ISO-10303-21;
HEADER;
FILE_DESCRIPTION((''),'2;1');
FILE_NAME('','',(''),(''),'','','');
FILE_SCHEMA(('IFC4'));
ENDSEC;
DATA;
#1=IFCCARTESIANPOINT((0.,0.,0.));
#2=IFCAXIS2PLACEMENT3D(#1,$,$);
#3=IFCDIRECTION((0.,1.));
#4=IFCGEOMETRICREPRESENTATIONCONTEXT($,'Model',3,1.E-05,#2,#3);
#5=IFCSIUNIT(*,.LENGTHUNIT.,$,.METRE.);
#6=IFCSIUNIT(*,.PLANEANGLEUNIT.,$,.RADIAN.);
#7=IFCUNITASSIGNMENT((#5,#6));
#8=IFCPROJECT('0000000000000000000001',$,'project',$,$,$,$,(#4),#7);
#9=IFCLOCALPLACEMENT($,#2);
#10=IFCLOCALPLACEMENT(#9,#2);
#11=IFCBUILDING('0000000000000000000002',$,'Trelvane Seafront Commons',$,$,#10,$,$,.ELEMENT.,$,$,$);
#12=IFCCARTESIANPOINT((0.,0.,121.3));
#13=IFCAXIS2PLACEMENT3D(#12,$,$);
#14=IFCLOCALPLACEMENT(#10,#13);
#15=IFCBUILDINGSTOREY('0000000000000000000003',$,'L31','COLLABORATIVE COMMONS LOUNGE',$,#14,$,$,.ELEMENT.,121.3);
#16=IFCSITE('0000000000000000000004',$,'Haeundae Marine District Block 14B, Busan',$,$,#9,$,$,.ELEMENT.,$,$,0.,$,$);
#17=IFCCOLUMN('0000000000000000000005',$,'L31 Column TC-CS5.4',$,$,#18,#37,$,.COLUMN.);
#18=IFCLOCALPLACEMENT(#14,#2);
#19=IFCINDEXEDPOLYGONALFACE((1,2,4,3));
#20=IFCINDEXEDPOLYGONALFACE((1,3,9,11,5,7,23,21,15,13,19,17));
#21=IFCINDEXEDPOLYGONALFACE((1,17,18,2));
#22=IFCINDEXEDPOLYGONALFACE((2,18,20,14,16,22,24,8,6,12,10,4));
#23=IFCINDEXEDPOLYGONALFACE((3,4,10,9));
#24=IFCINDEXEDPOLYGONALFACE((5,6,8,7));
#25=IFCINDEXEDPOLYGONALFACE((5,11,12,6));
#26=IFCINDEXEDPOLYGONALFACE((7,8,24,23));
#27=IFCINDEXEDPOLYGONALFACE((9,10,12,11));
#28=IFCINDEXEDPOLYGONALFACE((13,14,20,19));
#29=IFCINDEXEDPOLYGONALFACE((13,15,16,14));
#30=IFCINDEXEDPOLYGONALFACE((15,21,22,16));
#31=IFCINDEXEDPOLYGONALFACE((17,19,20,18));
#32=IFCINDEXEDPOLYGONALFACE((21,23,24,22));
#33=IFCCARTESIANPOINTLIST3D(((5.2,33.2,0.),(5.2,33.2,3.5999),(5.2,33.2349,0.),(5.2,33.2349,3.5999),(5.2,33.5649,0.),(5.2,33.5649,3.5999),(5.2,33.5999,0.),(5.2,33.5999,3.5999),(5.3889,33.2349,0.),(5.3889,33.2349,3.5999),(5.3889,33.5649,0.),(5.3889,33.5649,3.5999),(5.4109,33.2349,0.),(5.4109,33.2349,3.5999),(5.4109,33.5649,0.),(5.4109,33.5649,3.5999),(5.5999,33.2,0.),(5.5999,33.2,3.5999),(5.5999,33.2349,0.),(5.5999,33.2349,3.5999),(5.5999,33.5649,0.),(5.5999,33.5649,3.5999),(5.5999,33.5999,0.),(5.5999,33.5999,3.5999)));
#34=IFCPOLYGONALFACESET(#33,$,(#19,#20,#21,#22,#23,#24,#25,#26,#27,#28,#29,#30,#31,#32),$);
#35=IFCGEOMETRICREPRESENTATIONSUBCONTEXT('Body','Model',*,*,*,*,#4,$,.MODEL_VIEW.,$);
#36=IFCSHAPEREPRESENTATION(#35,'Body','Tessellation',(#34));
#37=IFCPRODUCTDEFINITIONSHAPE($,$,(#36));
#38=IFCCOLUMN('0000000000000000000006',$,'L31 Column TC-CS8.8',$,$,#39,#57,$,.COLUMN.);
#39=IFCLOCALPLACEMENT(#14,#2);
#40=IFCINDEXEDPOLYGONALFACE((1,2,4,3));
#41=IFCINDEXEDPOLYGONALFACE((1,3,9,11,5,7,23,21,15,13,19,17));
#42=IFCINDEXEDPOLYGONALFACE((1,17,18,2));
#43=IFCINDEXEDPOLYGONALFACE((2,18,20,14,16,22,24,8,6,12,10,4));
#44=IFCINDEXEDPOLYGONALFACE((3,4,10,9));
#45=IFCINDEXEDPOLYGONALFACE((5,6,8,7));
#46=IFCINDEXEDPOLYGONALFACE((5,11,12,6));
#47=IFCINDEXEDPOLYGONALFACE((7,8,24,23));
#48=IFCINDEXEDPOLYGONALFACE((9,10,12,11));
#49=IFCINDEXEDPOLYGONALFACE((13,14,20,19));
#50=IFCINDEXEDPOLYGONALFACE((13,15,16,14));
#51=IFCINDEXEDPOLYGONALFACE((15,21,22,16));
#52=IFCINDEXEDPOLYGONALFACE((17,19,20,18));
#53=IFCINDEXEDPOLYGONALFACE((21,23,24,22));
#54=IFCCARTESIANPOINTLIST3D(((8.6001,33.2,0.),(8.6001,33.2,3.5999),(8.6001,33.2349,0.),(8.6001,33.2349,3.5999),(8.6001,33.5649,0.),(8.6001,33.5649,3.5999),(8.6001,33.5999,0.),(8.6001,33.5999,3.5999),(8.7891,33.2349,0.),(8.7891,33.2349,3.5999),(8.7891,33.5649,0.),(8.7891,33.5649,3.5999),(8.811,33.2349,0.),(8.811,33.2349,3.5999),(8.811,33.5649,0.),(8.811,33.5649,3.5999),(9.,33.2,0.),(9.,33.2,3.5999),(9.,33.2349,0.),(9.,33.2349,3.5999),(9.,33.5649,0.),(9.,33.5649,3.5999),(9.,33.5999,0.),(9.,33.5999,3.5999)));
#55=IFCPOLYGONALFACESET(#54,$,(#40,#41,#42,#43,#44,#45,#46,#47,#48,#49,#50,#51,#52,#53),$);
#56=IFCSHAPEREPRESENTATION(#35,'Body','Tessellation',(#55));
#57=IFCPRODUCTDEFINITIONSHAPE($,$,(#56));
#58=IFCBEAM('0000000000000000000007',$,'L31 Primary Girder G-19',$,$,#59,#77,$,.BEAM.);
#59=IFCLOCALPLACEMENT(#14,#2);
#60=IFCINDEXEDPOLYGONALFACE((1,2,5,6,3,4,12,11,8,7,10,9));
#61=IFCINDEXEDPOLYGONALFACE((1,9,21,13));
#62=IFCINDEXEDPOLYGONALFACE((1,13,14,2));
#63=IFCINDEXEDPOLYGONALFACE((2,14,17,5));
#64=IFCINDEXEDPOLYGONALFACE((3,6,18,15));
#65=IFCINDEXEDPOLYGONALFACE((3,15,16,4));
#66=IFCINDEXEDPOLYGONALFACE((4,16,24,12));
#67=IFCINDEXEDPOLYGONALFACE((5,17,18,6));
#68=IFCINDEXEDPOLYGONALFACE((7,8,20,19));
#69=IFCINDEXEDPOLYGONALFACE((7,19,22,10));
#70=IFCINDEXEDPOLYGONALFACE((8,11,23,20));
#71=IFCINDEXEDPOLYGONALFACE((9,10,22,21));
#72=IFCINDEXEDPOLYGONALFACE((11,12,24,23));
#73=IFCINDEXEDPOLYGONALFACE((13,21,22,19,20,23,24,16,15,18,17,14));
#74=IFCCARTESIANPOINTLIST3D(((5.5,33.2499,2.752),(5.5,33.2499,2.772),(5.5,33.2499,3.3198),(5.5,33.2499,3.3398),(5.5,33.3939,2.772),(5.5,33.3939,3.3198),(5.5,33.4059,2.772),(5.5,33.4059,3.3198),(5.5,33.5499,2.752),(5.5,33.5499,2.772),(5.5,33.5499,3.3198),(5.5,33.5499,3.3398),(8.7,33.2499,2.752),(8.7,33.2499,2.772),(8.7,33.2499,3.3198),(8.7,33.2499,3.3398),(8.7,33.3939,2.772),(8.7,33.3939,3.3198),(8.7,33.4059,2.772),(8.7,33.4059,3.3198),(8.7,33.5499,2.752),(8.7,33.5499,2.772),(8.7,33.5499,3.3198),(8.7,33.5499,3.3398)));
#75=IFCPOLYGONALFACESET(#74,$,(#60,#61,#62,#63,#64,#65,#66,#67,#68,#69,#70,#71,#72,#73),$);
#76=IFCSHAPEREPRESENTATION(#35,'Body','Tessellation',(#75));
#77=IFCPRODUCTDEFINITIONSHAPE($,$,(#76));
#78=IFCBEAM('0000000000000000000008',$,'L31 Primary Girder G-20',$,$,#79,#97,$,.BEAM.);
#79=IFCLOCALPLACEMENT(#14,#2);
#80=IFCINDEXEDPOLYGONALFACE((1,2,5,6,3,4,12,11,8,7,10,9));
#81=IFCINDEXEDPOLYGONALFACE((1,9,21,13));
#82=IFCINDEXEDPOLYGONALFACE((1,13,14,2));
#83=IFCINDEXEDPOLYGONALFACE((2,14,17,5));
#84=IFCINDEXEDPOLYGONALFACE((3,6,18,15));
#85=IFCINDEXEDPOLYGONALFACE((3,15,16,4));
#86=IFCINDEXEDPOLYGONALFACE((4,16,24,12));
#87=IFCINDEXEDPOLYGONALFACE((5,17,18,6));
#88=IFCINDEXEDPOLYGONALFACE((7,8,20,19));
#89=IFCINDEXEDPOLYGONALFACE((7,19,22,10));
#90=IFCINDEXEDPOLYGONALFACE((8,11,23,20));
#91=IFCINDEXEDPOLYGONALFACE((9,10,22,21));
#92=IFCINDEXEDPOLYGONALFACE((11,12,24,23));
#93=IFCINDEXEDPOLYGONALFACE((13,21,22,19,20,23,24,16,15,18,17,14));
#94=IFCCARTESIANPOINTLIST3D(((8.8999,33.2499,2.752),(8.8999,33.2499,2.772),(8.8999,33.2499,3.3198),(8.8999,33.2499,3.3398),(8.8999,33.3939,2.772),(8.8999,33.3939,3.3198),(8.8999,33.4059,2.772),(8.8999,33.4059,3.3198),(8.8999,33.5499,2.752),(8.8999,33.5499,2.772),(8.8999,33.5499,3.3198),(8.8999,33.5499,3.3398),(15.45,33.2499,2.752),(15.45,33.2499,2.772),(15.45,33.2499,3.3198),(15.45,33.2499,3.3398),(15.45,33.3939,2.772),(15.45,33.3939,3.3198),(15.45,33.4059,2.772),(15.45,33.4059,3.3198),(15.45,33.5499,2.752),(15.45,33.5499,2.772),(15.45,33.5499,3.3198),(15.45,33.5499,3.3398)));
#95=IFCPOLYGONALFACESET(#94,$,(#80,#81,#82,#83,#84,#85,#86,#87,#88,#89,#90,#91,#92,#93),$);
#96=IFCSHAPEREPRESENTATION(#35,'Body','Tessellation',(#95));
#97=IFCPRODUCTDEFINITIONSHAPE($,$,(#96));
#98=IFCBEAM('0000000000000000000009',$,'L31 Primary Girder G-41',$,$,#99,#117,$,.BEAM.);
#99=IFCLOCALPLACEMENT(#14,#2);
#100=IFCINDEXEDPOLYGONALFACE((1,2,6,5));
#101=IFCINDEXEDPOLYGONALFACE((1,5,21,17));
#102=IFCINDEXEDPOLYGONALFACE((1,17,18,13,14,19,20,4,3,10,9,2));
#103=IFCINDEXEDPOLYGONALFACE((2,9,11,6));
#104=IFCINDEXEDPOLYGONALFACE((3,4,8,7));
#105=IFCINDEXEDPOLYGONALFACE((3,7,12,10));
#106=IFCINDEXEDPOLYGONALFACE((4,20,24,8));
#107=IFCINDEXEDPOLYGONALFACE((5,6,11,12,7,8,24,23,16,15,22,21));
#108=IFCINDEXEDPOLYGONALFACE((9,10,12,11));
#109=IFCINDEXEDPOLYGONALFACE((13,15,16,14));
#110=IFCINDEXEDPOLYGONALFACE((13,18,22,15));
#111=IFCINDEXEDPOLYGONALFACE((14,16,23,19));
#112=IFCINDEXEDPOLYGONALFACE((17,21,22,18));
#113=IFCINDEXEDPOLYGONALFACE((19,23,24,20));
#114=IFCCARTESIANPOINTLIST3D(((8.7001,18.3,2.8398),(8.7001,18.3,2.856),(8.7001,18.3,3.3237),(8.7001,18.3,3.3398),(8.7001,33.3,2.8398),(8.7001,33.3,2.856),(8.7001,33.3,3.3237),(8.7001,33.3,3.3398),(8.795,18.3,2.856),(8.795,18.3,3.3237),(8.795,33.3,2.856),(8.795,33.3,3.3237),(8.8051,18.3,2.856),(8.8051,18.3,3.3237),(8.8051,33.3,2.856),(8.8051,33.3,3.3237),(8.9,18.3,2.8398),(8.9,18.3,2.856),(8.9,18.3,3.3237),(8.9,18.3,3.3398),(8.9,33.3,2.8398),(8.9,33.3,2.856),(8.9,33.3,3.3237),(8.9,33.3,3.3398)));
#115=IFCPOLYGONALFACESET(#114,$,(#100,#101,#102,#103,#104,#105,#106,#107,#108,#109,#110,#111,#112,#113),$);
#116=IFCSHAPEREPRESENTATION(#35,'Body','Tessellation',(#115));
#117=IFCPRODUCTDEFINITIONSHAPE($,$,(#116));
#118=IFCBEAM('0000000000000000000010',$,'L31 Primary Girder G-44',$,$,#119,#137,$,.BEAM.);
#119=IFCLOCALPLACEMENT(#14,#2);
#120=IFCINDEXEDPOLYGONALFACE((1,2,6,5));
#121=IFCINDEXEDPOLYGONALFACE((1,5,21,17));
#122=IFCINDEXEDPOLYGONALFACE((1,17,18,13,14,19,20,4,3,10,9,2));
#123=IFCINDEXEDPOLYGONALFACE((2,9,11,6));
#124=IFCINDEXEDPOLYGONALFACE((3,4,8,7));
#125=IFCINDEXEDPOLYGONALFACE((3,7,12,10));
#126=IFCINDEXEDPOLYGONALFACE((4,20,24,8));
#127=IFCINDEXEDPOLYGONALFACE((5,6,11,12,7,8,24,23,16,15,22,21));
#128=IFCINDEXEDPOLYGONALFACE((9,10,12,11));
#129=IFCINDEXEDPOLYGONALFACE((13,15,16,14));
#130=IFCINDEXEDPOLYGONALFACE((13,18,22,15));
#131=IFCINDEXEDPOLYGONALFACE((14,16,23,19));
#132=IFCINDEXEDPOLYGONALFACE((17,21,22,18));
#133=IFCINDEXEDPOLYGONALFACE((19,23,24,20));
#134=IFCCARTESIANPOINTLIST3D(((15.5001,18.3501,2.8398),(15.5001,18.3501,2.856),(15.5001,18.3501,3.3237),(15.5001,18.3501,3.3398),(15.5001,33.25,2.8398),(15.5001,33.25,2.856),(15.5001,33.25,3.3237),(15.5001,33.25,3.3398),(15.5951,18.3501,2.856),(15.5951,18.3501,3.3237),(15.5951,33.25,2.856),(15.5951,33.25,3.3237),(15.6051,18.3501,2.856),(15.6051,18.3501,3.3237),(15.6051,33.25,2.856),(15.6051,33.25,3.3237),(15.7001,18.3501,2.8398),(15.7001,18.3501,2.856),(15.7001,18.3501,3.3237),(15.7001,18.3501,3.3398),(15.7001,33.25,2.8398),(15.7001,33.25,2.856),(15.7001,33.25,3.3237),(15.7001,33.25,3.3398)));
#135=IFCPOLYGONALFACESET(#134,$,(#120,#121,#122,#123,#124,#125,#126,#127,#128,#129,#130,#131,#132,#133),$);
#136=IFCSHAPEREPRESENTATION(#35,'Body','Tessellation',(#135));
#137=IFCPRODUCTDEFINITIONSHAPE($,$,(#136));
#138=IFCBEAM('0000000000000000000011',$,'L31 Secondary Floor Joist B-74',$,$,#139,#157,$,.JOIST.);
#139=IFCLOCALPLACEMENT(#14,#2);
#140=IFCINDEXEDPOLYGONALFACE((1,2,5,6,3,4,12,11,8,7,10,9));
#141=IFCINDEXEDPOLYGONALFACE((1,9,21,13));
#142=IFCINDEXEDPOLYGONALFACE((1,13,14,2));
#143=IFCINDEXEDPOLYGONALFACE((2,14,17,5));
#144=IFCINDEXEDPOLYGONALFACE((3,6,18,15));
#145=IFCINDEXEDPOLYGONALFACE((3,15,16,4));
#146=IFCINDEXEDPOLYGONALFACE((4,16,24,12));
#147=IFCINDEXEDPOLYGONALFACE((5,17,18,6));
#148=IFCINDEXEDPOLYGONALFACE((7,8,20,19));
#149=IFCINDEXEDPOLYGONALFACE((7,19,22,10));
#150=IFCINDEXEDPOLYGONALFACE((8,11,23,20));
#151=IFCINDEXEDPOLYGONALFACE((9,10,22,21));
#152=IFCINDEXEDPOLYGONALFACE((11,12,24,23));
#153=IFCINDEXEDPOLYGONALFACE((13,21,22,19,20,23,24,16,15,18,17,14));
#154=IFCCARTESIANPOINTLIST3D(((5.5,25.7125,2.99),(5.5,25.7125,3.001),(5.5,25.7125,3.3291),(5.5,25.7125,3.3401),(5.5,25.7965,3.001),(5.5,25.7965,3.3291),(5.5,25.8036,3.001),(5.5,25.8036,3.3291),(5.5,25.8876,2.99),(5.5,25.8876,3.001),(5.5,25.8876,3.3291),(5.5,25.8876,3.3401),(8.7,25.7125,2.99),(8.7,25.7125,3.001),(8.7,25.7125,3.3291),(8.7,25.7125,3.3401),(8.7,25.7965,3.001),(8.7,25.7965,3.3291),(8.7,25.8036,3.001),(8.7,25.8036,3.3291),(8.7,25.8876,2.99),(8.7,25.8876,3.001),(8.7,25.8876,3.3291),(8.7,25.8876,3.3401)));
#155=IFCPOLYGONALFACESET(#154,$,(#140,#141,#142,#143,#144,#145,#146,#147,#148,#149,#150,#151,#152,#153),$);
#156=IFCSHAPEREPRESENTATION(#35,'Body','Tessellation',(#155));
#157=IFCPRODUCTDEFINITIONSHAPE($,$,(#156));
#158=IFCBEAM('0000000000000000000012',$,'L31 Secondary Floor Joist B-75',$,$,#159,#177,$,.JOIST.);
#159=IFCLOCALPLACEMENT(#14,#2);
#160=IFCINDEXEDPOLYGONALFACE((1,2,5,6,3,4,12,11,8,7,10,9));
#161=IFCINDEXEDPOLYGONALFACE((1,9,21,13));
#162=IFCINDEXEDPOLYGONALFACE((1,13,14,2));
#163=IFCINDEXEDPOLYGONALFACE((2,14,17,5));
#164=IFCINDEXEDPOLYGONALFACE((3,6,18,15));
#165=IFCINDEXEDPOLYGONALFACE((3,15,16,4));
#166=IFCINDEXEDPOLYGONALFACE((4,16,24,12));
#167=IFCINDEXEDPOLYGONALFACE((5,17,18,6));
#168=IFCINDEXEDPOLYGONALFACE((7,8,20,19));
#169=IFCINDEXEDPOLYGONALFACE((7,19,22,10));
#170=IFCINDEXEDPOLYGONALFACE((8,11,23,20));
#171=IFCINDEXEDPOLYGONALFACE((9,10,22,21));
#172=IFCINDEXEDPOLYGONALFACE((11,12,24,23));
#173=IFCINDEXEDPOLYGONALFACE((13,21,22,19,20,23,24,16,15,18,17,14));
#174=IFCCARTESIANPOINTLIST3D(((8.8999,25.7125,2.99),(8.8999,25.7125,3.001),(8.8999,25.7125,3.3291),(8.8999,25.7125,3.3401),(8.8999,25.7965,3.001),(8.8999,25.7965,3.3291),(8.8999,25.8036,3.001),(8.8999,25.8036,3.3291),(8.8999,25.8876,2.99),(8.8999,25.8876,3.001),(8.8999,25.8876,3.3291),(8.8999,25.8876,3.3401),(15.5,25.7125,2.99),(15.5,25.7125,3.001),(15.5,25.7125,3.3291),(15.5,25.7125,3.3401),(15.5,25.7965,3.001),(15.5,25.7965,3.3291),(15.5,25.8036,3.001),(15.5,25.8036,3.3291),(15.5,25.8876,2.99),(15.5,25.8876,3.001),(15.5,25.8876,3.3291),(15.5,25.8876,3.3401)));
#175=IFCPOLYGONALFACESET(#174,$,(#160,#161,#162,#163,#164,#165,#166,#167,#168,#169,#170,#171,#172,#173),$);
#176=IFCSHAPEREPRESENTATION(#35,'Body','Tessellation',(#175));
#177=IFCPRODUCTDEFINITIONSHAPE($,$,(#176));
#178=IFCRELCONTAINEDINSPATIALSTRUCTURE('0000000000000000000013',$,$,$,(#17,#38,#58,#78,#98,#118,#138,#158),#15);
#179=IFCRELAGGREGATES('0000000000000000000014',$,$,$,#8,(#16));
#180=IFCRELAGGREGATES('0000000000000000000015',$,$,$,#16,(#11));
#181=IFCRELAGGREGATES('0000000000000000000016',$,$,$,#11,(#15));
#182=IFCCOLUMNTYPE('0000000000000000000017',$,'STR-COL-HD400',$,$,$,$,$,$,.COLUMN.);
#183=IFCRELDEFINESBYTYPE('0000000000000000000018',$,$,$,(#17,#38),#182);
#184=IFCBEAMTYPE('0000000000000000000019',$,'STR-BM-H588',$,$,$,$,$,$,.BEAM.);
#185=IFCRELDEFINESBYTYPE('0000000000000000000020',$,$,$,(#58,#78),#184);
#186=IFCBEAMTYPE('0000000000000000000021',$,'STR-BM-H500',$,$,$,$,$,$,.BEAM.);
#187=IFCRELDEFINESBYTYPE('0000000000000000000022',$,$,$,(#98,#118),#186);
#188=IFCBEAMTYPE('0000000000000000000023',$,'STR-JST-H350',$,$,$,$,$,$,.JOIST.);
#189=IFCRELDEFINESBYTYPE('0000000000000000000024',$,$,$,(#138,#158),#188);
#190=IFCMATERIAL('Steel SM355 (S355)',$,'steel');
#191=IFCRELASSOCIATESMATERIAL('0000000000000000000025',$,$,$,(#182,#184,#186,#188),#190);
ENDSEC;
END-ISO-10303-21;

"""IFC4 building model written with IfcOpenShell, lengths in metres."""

from ifc_helpers import new_model, si_unit, direction, frame, origin, origin_2d, place, context, subcontext, project, spatial, i_section, extrude, source, transform, mapped, material, material_profile, profile_set, type_object, element, save


model = new_model("IFC4")

# Units and contexts
model_context = context("Model", 3, precision=1e-05, world=origin(), true_north=direction((0.0, 1.0)))
body_context = subcontext(model_context, "Body", "Model", "MODEL_VIEW")
ifc_project = project(units=[si_unit("LENGTHUNIT", "METRE"), si_unit("PLANEANGLEUNIT", "RADIAN")], contexts=[model_context])

# Site, building, storey
site_placement = place(None, origin())
site = spatial("IfcSite", under=ifc_project, at=site_placement, Name="Haeundae Marine District Block 14B, Busan", CompositionType="ELEMENT", RefElevation=0.0)
building_placement = place(site_placement, origin())
building = spatial("IfcBuilding", under=site, at=building_placement, Name="Trelvane Seafront Commons", CompositionType="ELEMENT")
storey_placement = place(building_placement, frame((0.0, 0.0, 121.3)))
storey = spatial("IfcBuildingStorey", under=building, at=storey_placement, Name="L31", Description="COLLABORATIVE COMMONS LOUNGE", CompositionType="ELEMENT", Elevation=121.3)

# Columns
ifc_material_1 = material(Name="Steel SM355 (S355)", Category="steel")
ifc_material_profile_1 = material_profile(ifc_material_1, i_section(OverallWidth=0.3999, OverallDepth=0.3999, WebThickness=0.022, FlangeThickness=0.0349, at=origin_2d()), Name="HD-400x400x22x35")
ifc_profile_set_1 = profile_set([ifc_material_profile_1], Name="Steel SM355 (S355)")
column_type = type_object("IfcColumnType", Name="STR-COL-HD400", PredefinedType="COLUMN", material=ifc_profile_set_1)
shared_shape_1 = source(origin(), body_context, "Body", "SweptSolid", [
    extrude(i_section(OverallWidth=0.3999, OverallDepth=0.3999, WebThickness=0.022, FlangeThickness=0.0349, at=origin_2d()), origin(), (0.0, 0.0, 1.0), 3.5999),
])
for number, where, z_axis, x_axis, name in (
    (1, (5.3999, 33.3999, 0.0), (0.0, 0.0, 1.0), (1.0, 0.0, 0.0), "L31 Column TC-CS5.4"),
    (2, (8.8, 33.3999, 0.0), (0.0, 0.0, 1.0), (1.0, 0.0, 0.0), "L31 Column TC-CS8.8"),
):
    element("IfcColumn", number, at=place(storey_placement, frame(where, z_axis=z_axis, x_axis=x_axis)), inside=storey, type_object=column_type, Name=name, PredefinedType="COLUMN", context=body_context, shape_type="MappedRepresentation", body=[
        mapped(shared_shape_1, transform((0.0, 0.0, 0.0), x_axis=(1.0, 0.0, 0.0), y_axis=(0.0, 1.0, 0.0), z_axis=(0.0, 0.0, 1.0), scale=1.0)),
    ])

# Beams
ifc_material_profile_2 = material_profile(ifc_material_1, i_section(OverallWidth=0.3, OverallDepth=0.5879, WebThickness=0.012, FlangeThickness=0.02, at=origin_2d()), Name="H-588x300x12x20")
ifc_profile_set_2 = profile_set([ifc_material_profile_2], Name="Steel SM355 (S355)")
beam_type_1 = type_object("IfcBeamType", Name="STR-BM-H588", PredefinedType="BEAM", material=ifc_profile_set_2)
shared_shape_2 = source(origin(), body_context, "Body", "SweptSolid", [
    extrude(i_section(OverallWidth=0.3, OverallDepth=0.5879, WebThickness=0.012, FlangeThickness=0.02, at=origin_2d()), origin(), (0.0, 0.0, 1.0), 3.2),
])
beam_1_placement = place(storey_placement, frame((5.5, 33.3999, 3.0459), z_axis=(1.0, 0.0, 0.0), x_axis=(0.0, 1.0, 0.0)))
element("IfcBeam", 3, at=beam_1_placement, inside=storey, type_object=beam_type_1, Name="L31 Primary Girder G-19", PredefinedType="BEAM", context=body_context, shape_type="MappedRepresentation", body=[
    mapped(shared_shape_2, transform((0.0, 0.0, 0.0), x_axis=(1.0, 0.0, 0.0), y_axis=(0.0, 1.0, 0.0), z_axis=(0.0, 0.0, 1.0), scale=1.0)),
])
shared_shape_3 = source(origin(), body_context, "Body", "SweptSolid", [
    extrude(i_section(OverallWidth=0.3, OverallDepth=0.5879, WebThickness=0.012, FlangeThickness=0.02, at=origin_2d()), origin(), (0.0, 0.0, 1.0), 6.55),
])
beam_2_placement = place(storey_placement, frame((8.8999, 33.3999, 3.0459), z_axis=(1.0, 0.0, 0.0), x_axis=(0.0, 1.0, 0.0)))
element("IfcBeam", 4, at=beam_2_placement, inside=storey, type_object=beam_type_1, Name="L31 Primary Girder G-20", PredefinedType="BEAM", context=body_context, shape_type="MappedRepresentation", body=[
    mapped(shared_shape_3, transform((0.0, 0.0, 0.0), x_axis=(1.0, 0.0, 0.0), y_axis=(0.0, 1.0, 0.0), z_axis=(0.0, 0.0, 1.0), scale=1.0)),
])
ifc_material_profile_3 = material_profile(ifc_material_1, i_section(OverallWidth=0.2, OverallDepth=0.5, WebThickness=0.01, FlangeThickness=0.0161, at=origin_2d()), Name="H-500x200x10x16")
ifc_profile_set_3 = profile_set([ifc_material_profile_3], Name="Steel SM355 (S355)")
beam_type_2 = type_object("IfcBeamType", Name="STR-BM-H500", PredefinedType="BEAM", material=ifc_profile_set_3)
shared_shape_4 = source(origin(), body_context, "Body", "SweptSolid", [
    extrude(i_section(OverallWidth=0.2, OverallDepth=0.5, WebThickness=0.01, FlangeThickness=0.0161, at=origin_2d()), origin(), (0.0, 0.0, 1.0), 15.0),
])
beam_3_placement = place(storey_placement, frame((8.8, 18.3, 3.0898), z_axis=(0.0, 1.0, 0.0), x_axis=(-1.0, 0.0, 0.0)))
element("IfcBeam", 5, at=beam_3_placement, inside=storey, type_object=beam_type_2, Name="L31 Primary Girder G-41", PredefinedType="BEAM", context=body_context, shape_type="MappedRepresentation", body=[
    mapped(shared_shape_4, transform((0.0, 0.0, 0.0), x_axis=(1.0, 0.0, 0.0), y_axis=(0.0, 1.0, 0.0), z_axis=(0.0, 0.0, 1.0), scale=1.0)),
])
shared_shape_5 = source(origin(), body_context, "Body", "SweptSolid", [
    extrude(i_section(OverallWidth=0.2, OverallDepth=0.5, WebThickness=0.01, FlangeThickness=0.0161, at=origin_2d()), origin(), (0.0, 0.0, 1.0), 14.8999),
])
beam_4_placement = place(storey_placement, frame((15.6001, 18.3501, 3.0898), z_axis=(0.0, 1.0, 0.0), x_axis=(-1.0, 0.0, 0.0)))
element("IfcBeam", 6, at=beam_4_placement, inside=storey, type_object=beam_type_2, Name="L31 Primary Girder G-44", PredefinedType="BEAM", context=body_context, shape_type="MappedRepresentation", body=[
    mapped(shared_shape_5, transform((0.0, 0.0, 0.0), x_axis=(1.0, 0.0, 0.0), y_axis=(0.0, 1.0, 0.0), z_axis=(0.0, 0.0, 1.0), scale=1.0)),
])
ifc_material_profile_4 = material_profile(ifc_material_1, i_section(OverallWidth=0.175, OverallDepth=0.3501, WebThickness=0.0071, FlangeThickness=0.011, at=origin_2d()), Name="H-350x175x7x11")
ifc_profile_set_4 = profile_set([ifc_material_profile_4], Name="Steel SM355 (S355)")
beam_type_3 = type_object("IfcBeamType", Name="STR-JST-H350", PredefinedType="JOIST", material=ifc_profile_set_4)
shared_shape_6 = source(origin(), body_context, "Body", "SweptSolid", [
    extrude(i_section(OverallWidth=0.175, OverallDepth=0.3501, WebThickness=0.0071, FlangeThickness=0.011, at=origin_2d()), origin(), (0.0, 0.0, 1.0), 3.2),
])
beam_5_placement = place(storey_placement, frame((5.5, 25.8, 3.165), z_axis=(1.0, 0.0, 0.0), x_axis=(0.0, 1.0, 0.0)))
element("IfcBeam", 7, at=beam_5_placement, inside=storey, type_object=beam_type_3, Name="L31 Secondary Floor Joist B-74", PredefinedType="JOIST", context=body_context, shape_type="MappedRepresentation", body=[
    mapped(shared_shape_6, transform((0.0, 0.0, 0.0), x_axis=(1.0, 0.0, 0.0), y_axis=(0.0, 1.0, 0.0), z_axis=(0.0, 0.0, 1.0), scale=1.0)),
])
shared_shape_7 = source(origin(), body_context, "Body", "SweptSolid", [
    extrude(i_section(OverallWidth=0.175, OverallDepth=0.3501, WebThickness=0.0071, FlangeThickness=0.011, at=origin_2d()), origin(), (0.0, 0.0, 1.0), 6.6001),
])
beam_6_placement = place(storey_placement, frame((8.8999, 25.8, 3.165), z_axis=(1.0, 0.0, 0.0), x_axis=(0.0, 1.0, 0.0)))
element("IfcBeam", 8, at=beam_6_placement, inside=storey, type_object=beam_type_3, Name="L31 Secondary Floor Joist B-75", PredefinedType="JOIST", context=body_context, shape_type="MappedRepresentation", body=[
    mapped(shared_shape_7, transform((0.0, 0.0, 0.0), x_axis=(1.0, 0.0, 0.0), y_axis=(0.0, 1.0, 0.0), z_axis=(0.0, 0.0, 1.0), scale=1.0)),
])

save(model, "model.ifc")
